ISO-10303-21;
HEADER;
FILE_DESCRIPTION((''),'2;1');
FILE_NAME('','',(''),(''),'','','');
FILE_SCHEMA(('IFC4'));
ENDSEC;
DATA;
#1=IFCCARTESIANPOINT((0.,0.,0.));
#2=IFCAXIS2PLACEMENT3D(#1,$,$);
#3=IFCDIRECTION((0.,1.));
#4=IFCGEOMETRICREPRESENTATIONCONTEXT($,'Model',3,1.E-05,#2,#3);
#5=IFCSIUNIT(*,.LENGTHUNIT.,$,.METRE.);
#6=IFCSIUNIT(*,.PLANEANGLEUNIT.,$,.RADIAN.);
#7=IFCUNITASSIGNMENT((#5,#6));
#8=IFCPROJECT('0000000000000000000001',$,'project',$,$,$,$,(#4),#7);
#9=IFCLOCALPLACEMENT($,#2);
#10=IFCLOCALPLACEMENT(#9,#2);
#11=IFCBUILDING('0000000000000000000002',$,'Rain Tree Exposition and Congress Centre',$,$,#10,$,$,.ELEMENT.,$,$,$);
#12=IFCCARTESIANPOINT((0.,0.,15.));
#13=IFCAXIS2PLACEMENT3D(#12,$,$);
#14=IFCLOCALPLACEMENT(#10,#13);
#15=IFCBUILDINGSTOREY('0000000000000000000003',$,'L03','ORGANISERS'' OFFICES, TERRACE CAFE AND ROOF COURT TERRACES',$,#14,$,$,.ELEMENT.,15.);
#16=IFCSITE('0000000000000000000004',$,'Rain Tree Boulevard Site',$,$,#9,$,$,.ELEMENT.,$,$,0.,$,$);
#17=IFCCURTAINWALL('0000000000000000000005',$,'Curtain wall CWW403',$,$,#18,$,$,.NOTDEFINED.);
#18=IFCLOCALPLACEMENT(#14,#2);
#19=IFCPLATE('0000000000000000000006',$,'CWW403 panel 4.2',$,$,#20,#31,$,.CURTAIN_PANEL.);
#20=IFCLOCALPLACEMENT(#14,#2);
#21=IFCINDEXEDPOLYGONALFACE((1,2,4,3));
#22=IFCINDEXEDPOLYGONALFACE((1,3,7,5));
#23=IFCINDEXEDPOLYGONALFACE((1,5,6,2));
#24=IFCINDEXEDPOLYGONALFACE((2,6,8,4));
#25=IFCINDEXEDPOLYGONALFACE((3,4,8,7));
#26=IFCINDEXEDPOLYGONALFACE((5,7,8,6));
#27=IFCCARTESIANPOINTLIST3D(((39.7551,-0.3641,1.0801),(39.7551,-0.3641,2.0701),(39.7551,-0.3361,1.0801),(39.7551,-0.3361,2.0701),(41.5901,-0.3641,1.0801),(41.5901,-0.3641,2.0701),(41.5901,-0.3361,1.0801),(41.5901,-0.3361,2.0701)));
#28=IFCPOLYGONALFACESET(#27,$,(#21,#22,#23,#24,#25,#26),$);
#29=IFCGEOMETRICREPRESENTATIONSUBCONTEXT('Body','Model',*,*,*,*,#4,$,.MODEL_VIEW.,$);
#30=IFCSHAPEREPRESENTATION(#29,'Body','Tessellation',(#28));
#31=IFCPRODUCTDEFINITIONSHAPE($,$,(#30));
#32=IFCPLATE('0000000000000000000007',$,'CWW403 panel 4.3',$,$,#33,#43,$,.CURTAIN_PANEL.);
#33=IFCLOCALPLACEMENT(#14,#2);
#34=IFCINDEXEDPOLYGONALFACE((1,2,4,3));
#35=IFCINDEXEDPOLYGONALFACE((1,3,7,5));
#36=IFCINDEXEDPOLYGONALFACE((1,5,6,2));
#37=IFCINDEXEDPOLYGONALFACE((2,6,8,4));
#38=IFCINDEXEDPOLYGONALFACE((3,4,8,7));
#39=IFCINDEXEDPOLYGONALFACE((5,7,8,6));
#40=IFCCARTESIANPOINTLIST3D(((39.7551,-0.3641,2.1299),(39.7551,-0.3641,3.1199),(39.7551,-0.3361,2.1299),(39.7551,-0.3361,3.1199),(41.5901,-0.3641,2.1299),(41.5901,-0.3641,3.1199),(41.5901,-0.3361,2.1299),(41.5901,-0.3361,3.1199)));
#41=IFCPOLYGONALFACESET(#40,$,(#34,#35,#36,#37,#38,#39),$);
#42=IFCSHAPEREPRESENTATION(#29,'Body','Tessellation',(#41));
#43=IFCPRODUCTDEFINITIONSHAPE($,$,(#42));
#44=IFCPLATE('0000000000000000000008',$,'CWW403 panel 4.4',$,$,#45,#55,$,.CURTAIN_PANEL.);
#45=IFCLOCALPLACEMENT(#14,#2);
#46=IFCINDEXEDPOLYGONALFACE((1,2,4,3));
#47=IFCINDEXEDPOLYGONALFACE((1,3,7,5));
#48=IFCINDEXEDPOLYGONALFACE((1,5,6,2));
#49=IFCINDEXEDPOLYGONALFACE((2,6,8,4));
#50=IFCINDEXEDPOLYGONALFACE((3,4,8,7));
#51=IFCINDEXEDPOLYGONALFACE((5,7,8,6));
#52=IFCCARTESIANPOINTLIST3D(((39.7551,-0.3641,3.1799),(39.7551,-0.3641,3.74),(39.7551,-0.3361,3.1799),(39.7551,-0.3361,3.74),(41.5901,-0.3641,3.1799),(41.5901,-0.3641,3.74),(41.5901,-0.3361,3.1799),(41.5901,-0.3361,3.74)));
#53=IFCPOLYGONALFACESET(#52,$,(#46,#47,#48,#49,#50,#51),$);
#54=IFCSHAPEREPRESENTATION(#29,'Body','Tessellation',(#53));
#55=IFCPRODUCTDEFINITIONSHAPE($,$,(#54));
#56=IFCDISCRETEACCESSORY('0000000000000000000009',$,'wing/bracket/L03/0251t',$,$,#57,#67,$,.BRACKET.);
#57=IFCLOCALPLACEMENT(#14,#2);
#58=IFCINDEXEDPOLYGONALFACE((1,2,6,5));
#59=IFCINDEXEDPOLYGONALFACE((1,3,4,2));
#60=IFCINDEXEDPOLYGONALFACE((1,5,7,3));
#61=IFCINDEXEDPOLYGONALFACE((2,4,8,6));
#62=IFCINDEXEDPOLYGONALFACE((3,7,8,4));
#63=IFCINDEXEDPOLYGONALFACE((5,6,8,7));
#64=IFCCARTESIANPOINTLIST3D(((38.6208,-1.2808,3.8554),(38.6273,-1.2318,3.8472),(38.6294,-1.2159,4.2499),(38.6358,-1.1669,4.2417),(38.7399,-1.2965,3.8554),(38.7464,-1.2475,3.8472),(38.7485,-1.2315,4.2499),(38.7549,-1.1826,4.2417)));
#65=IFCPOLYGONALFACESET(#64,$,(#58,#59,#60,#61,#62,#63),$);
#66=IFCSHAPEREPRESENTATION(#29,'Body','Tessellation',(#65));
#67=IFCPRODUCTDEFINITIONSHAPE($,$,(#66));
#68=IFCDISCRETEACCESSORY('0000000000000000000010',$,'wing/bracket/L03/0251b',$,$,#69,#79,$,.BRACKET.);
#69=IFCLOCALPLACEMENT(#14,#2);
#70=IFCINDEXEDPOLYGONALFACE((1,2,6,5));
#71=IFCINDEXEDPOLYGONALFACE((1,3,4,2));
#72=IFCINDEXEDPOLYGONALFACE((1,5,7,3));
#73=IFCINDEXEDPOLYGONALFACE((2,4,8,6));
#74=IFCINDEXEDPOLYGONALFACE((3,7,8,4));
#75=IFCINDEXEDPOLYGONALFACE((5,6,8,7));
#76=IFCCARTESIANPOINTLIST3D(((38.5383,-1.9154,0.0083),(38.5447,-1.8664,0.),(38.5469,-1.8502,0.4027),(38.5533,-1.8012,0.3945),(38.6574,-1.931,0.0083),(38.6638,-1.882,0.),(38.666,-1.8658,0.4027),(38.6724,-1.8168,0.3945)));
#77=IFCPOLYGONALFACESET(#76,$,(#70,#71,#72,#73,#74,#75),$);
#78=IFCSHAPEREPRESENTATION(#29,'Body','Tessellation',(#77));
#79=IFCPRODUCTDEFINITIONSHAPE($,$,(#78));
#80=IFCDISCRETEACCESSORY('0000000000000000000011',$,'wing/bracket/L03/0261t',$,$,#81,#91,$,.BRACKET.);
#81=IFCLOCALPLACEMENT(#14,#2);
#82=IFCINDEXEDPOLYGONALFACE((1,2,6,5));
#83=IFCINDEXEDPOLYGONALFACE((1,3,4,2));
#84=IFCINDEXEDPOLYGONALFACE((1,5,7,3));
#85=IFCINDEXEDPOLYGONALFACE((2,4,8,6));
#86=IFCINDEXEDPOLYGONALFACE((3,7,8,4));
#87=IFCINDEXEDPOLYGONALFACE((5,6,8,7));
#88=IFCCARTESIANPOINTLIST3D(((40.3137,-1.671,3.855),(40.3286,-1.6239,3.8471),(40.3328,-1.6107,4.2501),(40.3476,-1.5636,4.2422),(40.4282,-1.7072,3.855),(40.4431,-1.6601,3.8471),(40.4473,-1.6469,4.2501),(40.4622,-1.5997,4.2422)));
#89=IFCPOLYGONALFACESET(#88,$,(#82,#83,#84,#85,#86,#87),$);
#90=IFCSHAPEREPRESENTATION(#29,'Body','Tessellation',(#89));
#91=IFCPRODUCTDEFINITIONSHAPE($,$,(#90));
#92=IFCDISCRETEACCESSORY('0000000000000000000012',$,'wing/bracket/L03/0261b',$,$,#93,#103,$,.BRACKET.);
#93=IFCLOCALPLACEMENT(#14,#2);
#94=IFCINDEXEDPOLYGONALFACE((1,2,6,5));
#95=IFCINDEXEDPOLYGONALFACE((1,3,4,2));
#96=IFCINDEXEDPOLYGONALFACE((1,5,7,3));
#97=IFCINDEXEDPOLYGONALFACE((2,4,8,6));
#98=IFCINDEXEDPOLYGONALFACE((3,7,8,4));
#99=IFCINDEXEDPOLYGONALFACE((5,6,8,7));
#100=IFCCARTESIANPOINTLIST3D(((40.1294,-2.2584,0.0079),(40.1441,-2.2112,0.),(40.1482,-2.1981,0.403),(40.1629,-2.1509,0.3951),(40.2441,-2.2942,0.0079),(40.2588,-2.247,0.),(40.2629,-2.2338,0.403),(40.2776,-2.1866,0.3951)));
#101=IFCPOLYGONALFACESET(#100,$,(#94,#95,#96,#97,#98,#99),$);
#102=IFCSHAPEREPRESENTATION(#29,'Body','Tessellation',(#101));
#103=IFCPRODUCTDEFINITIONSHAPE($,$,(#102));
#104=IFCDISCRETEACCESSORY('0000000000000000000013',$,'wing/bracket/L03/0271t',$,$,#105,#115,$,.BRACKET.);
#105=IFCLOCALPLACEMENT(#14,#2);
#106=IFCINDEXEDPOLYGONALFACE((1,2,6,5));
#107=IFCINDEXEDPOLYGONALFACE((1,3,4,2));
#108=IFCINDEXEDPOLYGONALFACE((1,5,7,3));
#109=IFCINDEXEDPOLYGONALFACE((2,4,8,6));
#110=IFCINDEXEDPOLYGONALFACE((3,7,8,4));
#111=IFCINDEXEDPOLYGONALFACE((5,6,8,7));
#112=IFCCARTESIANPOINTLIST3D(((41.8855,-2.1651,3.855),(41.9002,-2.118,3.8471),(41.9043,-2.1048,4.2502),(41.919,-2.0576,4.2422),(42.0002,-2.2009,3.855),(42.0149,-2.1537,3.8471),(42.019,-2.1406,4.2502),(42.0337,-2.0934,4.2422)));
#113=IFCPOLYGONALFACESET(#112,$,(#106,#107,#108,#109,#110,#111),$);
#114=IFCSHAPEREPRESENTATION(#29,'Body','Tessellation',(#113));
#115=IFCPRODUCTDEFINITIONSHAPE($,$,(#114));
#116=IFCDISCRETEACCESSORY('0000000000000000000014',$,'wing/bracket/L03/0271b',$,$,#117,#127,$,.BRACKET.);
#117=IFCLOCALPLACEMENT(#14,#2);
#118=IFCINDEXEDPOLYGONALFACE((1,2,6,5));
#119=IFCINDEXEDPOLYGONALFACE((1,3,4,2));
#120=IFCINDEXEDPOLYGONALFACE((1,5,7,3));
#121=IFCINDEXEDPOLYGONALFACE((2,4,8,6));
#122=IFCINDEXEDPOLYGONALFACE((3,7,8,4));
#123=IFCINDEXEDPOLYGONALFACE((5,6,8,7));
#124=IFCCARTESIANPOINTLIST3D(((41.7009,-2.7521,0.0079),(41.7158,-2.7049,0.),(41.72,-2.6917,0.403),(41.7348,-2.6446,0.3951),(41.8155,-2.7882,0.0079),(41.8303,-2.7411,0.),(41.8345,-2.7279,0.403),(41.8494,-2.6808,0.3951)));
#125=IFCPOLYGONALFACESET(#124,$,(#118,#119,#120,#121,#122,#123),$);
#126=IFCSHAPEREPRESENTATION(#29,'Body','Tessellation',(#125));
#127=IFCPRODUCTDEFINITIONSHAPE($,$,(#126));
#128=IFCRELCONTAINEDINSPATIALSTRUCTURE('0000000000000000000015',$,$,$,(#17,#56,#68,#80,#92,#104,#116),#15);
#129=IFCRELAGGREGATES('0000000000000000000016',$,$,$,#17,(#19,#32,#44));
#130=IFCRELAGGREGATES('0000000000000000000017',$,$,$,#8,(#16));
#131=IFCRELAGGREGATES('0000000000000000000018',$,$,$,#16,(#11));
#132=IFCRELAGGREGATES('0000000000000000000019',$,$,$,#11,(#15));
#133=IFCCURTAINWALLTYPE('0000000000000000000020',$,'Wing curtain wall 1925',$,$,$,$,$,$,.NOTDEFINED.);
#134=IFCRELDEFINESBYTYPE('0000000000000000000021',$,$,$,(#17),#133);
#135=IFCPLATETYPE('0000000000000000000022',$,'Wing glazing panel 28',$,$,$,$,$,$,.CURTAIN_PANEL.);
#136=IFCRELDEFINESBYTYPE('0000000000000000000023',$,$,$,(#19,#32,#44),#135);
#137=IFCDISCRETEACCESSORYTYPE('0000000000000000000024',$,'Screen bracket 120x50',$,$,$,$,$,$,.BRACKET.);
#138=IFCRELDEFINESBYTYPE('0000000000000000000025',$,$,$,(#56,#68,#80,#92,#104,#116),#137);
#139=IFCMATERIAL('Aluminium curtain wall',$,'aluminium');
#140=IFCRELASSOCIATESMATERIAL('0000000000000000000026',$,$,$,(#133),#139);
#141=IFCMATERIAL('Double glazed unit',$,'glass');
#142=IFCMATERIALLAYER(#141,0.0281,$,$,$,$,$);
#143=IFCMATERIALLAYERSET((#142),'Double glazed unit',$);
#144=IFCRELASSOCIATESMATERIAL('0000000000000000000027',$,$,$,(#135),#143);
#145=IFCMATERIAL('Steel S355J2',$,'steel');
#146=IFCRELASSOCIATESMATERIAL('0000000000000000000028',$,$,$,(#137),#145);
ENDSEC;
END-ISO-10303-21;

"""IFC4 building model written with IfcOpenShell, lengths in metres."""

from ifc_helpers import new_model, si_unit, direction, frame, origin, origin_2d, place, context, subcontext, project, spatial, rectangle, extrude, material, layer, layer_set, material_profile, profile_set, type_object, element, aggregate, save


model = new_model("IFC4")

# Units and contexts
model_context = context("Model", 3, precision=1e-05, world=origin(), true_north=direction((0.0, 1.0)))
body_context = subcontext(model_context, "Body", "Model", "MODEL_VIEW")
ifc_project = project(units=[si_unit("LENGTHUNIT", "METRE"), si_unit("PLANEANGLEUNIT", "RADIAN")], contexts=[model_context])

# Site, building, storey
site_placement = place(None, origin())
site = spatial("IfcSite", under=ifc_project, at=site_placement, Name="Rain Tree Boulevard Site", CompositionType="ELEMENT", RefElevation=0.0)
building_placement = place(site_placement, origin())
building = spatial("IfcBuilding", under=site, at=building_placement, Name="Rain Tree Exposition and Congress Centre", CompositionType="ELEMENT")
storey_placement = place(building_placement, frame((0.0, 0.0, 15.0)))
storey = spatial("IfcBuildingStorey", under=building, at=storey_placement, Name="L03", Description="ORGANISERS' OFFICES, TERRACE CAFE AND ROOF COURT TERRACES", CompositionType="ELEMENT", Elevation=15.0)

# Curtain wall, plates
ifc_material_1 = material(Name="Aluminium curtain wall", Category="aluminium")
curtain_wall_type = type_object("IfcCurtainWallType", Name="Wing curtain wall 1925", PredefinedType="NOTDEFINED", material=ifc_material_1)
curtain_wall_placement = place(storey_placement, origin())
curtain_wall = element("IfcCurtainWall", 1, at=curtain_wall_placement, inside=storey, type_object=curtain_wall_type, Name="Curtain wall CWW403", PredefinedType="NOTDEFINED")
ifc_material_2 = material(Name="Double glazed unit", Category="glass")
ifc_layer_1 = layer(ifc_material_2, 0.0281)
ifc_layer_set_1 = layer_set([ifc_layer_1], Name="Double glazed unit")
plate_type = type_object("IfcPlateType", Name="Wing glazing panel 28", PredefinedType="CURTAIN_PANEL", material=ifc_layer_set_1)
plate_1_placement = place(storey_placement, frame((40.6726, -0.3501, 1.0801), z_axis=(0.0, 0.0, 1.0), x_axis=(1.0, 0.0, 0.0)))
plate_1 = element("IfcPlate", 2, at=plate_1_placement, type_object=plate_type, Name="CWW403 panel 4.2", PredefinedType="CURTAIN_PANEL", context=body_context, shape_type="SweptSolid", body=[
    extrude(rectangle(XDim=1.835, YDim=0.0281, at=origin_2d()), origin(), (0.0, 0.0, 1.0), 0.99),
])
plate_2_placement = place(storey_placement, frame((40.6726, -0.3501, 2.1299), z_axis=(0.0, 0.0, 1.0), x_axis=(1.0, 0.0, 0.0)))
plate_2 = element("IfcPlate", 3, at=plate_2_placement, type_object=plate_type, Name="CWW403 panel 4.3", PredefinedType="CURTAIN_PANEL", context=body_context, shape_type="SweptSolid", body=[
    extrude(rectangle(XDim=1.835, YDim=0.0281, at=origin_2d()), origin(), (0.0, 0.0, 1.0), 0.99),
])
plate_3_placement = place(storey_placement, frame((40.6726, -0.3501, 3.1799), z_axis=(0.0, 0.0, 1.0), x_axis=(1.0, 0.0, 0.0)))
plate_3 = element("IfcPlate", 4, at=plate_3_placement, type_object=plate_type, Name="CWW403 panel 4.4", PredefinedType="CURTAIN_PANEL", context=body_context, shape_type="SweptSolid", body=[
    extrude(rectangle(XDim=1.835, YDim=0.0281, at=origin_2d()), origin(), (0.0, 0.0, 1.0), 0.5601),
])
aggregate(curtain_wall, [plate_1, plate_2, plate_3])

# Discrete accessories
ifc_material_3 = material(Name="Steel S355J2", Category="steel")
ifc_material_profile_1 = material_profile(ifc_material_3, rectangle(XDim=0.1201, YDim=0.05, at=origin_2d()), Name="Flat bar 120x50")
ifc_profile_set_1 = profile_set([ifc_material_profile_1], Name="Steel S355J2")
discrete_accessory_type = type_object("IfcDiscreteAccessoryType", Name="Screen bracket 120x50", PredefinedType="BRACKET", material=ifc_profile_set_1)
for number, where, z_axis, x_axis, name in (
    (5, (38.6836, -1.2642, 3.8513), (0.021366, 0.162381, 0.986497), (-0.991454, 0.130455, 0.0), "wing/bracket/L03/0251t"),
    (6, (38.6011, -1.8987, 0.0042), (0.021364, 0.162976, 0.986399), (-0.991517, 0.129974, 0.0), "wing/bracket/L03/0251b"),
):
    element("IfcDiscreteAccessory", number, at=place(storey_placement, frame(where, z_axis=z_axis, x_axis=x_axis)), inside=storey, type_object=discrete_accessory_type, Name=name, PredefinedType="BRACKET", context=body_context, shape_type="SweptSolid", body=[
        extrude(rectangle(XDim=0.1201, YDim=0.05, at=origin_2d()), origin(), (0.0, 0.0, 1.0), 0.3999),
    ])
for number, where, z_axis, x_axis, name in (
    (7, (40.3784, -1.6655, 3.8511), (0.047602, 0.150738, 0.987427), (-0.953583, 0.301131, 0.0), "wing/bracket/L03/0261t"),
    (8, (40.1941, -2.2527, 0.0039), (0.046993, 0.150743, 0.987456), (-0.954686, 0.297615, 0.0), "wing/bracket/L03/0261b"),
    (9, (41.9502, -2.1594, 3.8511), (0.046993, 0.150743, 0.987456), (-0.954686, 0.297615, 0.0), "wing/bracket/L03/0271t"),
    (10, (41.7656, -2.7466, 0.0039), (0.047602, 0.150738, 0.987427), (-0.953583, 0.301131, 0.0), "wing/bracket/L03/0271b"),
):
    element("IfcDiscreteAccessory", number, at=place(storey_placement, frame(where, z_axis=z_axis, x_axis=x_axis)), inside=storey, type_object=discrete_accessory_type, Name=name, PredefinedType="BRACKET", context=body_context, shape_type="SweptSolid", body=[
        extrude(rectangle(XDim=0.1201, YDim=0.05, at=origin_2d()), origin(), (0.0, 0.0, 1.0), 0.4001),
    ])

save(model, "model.ifc")
